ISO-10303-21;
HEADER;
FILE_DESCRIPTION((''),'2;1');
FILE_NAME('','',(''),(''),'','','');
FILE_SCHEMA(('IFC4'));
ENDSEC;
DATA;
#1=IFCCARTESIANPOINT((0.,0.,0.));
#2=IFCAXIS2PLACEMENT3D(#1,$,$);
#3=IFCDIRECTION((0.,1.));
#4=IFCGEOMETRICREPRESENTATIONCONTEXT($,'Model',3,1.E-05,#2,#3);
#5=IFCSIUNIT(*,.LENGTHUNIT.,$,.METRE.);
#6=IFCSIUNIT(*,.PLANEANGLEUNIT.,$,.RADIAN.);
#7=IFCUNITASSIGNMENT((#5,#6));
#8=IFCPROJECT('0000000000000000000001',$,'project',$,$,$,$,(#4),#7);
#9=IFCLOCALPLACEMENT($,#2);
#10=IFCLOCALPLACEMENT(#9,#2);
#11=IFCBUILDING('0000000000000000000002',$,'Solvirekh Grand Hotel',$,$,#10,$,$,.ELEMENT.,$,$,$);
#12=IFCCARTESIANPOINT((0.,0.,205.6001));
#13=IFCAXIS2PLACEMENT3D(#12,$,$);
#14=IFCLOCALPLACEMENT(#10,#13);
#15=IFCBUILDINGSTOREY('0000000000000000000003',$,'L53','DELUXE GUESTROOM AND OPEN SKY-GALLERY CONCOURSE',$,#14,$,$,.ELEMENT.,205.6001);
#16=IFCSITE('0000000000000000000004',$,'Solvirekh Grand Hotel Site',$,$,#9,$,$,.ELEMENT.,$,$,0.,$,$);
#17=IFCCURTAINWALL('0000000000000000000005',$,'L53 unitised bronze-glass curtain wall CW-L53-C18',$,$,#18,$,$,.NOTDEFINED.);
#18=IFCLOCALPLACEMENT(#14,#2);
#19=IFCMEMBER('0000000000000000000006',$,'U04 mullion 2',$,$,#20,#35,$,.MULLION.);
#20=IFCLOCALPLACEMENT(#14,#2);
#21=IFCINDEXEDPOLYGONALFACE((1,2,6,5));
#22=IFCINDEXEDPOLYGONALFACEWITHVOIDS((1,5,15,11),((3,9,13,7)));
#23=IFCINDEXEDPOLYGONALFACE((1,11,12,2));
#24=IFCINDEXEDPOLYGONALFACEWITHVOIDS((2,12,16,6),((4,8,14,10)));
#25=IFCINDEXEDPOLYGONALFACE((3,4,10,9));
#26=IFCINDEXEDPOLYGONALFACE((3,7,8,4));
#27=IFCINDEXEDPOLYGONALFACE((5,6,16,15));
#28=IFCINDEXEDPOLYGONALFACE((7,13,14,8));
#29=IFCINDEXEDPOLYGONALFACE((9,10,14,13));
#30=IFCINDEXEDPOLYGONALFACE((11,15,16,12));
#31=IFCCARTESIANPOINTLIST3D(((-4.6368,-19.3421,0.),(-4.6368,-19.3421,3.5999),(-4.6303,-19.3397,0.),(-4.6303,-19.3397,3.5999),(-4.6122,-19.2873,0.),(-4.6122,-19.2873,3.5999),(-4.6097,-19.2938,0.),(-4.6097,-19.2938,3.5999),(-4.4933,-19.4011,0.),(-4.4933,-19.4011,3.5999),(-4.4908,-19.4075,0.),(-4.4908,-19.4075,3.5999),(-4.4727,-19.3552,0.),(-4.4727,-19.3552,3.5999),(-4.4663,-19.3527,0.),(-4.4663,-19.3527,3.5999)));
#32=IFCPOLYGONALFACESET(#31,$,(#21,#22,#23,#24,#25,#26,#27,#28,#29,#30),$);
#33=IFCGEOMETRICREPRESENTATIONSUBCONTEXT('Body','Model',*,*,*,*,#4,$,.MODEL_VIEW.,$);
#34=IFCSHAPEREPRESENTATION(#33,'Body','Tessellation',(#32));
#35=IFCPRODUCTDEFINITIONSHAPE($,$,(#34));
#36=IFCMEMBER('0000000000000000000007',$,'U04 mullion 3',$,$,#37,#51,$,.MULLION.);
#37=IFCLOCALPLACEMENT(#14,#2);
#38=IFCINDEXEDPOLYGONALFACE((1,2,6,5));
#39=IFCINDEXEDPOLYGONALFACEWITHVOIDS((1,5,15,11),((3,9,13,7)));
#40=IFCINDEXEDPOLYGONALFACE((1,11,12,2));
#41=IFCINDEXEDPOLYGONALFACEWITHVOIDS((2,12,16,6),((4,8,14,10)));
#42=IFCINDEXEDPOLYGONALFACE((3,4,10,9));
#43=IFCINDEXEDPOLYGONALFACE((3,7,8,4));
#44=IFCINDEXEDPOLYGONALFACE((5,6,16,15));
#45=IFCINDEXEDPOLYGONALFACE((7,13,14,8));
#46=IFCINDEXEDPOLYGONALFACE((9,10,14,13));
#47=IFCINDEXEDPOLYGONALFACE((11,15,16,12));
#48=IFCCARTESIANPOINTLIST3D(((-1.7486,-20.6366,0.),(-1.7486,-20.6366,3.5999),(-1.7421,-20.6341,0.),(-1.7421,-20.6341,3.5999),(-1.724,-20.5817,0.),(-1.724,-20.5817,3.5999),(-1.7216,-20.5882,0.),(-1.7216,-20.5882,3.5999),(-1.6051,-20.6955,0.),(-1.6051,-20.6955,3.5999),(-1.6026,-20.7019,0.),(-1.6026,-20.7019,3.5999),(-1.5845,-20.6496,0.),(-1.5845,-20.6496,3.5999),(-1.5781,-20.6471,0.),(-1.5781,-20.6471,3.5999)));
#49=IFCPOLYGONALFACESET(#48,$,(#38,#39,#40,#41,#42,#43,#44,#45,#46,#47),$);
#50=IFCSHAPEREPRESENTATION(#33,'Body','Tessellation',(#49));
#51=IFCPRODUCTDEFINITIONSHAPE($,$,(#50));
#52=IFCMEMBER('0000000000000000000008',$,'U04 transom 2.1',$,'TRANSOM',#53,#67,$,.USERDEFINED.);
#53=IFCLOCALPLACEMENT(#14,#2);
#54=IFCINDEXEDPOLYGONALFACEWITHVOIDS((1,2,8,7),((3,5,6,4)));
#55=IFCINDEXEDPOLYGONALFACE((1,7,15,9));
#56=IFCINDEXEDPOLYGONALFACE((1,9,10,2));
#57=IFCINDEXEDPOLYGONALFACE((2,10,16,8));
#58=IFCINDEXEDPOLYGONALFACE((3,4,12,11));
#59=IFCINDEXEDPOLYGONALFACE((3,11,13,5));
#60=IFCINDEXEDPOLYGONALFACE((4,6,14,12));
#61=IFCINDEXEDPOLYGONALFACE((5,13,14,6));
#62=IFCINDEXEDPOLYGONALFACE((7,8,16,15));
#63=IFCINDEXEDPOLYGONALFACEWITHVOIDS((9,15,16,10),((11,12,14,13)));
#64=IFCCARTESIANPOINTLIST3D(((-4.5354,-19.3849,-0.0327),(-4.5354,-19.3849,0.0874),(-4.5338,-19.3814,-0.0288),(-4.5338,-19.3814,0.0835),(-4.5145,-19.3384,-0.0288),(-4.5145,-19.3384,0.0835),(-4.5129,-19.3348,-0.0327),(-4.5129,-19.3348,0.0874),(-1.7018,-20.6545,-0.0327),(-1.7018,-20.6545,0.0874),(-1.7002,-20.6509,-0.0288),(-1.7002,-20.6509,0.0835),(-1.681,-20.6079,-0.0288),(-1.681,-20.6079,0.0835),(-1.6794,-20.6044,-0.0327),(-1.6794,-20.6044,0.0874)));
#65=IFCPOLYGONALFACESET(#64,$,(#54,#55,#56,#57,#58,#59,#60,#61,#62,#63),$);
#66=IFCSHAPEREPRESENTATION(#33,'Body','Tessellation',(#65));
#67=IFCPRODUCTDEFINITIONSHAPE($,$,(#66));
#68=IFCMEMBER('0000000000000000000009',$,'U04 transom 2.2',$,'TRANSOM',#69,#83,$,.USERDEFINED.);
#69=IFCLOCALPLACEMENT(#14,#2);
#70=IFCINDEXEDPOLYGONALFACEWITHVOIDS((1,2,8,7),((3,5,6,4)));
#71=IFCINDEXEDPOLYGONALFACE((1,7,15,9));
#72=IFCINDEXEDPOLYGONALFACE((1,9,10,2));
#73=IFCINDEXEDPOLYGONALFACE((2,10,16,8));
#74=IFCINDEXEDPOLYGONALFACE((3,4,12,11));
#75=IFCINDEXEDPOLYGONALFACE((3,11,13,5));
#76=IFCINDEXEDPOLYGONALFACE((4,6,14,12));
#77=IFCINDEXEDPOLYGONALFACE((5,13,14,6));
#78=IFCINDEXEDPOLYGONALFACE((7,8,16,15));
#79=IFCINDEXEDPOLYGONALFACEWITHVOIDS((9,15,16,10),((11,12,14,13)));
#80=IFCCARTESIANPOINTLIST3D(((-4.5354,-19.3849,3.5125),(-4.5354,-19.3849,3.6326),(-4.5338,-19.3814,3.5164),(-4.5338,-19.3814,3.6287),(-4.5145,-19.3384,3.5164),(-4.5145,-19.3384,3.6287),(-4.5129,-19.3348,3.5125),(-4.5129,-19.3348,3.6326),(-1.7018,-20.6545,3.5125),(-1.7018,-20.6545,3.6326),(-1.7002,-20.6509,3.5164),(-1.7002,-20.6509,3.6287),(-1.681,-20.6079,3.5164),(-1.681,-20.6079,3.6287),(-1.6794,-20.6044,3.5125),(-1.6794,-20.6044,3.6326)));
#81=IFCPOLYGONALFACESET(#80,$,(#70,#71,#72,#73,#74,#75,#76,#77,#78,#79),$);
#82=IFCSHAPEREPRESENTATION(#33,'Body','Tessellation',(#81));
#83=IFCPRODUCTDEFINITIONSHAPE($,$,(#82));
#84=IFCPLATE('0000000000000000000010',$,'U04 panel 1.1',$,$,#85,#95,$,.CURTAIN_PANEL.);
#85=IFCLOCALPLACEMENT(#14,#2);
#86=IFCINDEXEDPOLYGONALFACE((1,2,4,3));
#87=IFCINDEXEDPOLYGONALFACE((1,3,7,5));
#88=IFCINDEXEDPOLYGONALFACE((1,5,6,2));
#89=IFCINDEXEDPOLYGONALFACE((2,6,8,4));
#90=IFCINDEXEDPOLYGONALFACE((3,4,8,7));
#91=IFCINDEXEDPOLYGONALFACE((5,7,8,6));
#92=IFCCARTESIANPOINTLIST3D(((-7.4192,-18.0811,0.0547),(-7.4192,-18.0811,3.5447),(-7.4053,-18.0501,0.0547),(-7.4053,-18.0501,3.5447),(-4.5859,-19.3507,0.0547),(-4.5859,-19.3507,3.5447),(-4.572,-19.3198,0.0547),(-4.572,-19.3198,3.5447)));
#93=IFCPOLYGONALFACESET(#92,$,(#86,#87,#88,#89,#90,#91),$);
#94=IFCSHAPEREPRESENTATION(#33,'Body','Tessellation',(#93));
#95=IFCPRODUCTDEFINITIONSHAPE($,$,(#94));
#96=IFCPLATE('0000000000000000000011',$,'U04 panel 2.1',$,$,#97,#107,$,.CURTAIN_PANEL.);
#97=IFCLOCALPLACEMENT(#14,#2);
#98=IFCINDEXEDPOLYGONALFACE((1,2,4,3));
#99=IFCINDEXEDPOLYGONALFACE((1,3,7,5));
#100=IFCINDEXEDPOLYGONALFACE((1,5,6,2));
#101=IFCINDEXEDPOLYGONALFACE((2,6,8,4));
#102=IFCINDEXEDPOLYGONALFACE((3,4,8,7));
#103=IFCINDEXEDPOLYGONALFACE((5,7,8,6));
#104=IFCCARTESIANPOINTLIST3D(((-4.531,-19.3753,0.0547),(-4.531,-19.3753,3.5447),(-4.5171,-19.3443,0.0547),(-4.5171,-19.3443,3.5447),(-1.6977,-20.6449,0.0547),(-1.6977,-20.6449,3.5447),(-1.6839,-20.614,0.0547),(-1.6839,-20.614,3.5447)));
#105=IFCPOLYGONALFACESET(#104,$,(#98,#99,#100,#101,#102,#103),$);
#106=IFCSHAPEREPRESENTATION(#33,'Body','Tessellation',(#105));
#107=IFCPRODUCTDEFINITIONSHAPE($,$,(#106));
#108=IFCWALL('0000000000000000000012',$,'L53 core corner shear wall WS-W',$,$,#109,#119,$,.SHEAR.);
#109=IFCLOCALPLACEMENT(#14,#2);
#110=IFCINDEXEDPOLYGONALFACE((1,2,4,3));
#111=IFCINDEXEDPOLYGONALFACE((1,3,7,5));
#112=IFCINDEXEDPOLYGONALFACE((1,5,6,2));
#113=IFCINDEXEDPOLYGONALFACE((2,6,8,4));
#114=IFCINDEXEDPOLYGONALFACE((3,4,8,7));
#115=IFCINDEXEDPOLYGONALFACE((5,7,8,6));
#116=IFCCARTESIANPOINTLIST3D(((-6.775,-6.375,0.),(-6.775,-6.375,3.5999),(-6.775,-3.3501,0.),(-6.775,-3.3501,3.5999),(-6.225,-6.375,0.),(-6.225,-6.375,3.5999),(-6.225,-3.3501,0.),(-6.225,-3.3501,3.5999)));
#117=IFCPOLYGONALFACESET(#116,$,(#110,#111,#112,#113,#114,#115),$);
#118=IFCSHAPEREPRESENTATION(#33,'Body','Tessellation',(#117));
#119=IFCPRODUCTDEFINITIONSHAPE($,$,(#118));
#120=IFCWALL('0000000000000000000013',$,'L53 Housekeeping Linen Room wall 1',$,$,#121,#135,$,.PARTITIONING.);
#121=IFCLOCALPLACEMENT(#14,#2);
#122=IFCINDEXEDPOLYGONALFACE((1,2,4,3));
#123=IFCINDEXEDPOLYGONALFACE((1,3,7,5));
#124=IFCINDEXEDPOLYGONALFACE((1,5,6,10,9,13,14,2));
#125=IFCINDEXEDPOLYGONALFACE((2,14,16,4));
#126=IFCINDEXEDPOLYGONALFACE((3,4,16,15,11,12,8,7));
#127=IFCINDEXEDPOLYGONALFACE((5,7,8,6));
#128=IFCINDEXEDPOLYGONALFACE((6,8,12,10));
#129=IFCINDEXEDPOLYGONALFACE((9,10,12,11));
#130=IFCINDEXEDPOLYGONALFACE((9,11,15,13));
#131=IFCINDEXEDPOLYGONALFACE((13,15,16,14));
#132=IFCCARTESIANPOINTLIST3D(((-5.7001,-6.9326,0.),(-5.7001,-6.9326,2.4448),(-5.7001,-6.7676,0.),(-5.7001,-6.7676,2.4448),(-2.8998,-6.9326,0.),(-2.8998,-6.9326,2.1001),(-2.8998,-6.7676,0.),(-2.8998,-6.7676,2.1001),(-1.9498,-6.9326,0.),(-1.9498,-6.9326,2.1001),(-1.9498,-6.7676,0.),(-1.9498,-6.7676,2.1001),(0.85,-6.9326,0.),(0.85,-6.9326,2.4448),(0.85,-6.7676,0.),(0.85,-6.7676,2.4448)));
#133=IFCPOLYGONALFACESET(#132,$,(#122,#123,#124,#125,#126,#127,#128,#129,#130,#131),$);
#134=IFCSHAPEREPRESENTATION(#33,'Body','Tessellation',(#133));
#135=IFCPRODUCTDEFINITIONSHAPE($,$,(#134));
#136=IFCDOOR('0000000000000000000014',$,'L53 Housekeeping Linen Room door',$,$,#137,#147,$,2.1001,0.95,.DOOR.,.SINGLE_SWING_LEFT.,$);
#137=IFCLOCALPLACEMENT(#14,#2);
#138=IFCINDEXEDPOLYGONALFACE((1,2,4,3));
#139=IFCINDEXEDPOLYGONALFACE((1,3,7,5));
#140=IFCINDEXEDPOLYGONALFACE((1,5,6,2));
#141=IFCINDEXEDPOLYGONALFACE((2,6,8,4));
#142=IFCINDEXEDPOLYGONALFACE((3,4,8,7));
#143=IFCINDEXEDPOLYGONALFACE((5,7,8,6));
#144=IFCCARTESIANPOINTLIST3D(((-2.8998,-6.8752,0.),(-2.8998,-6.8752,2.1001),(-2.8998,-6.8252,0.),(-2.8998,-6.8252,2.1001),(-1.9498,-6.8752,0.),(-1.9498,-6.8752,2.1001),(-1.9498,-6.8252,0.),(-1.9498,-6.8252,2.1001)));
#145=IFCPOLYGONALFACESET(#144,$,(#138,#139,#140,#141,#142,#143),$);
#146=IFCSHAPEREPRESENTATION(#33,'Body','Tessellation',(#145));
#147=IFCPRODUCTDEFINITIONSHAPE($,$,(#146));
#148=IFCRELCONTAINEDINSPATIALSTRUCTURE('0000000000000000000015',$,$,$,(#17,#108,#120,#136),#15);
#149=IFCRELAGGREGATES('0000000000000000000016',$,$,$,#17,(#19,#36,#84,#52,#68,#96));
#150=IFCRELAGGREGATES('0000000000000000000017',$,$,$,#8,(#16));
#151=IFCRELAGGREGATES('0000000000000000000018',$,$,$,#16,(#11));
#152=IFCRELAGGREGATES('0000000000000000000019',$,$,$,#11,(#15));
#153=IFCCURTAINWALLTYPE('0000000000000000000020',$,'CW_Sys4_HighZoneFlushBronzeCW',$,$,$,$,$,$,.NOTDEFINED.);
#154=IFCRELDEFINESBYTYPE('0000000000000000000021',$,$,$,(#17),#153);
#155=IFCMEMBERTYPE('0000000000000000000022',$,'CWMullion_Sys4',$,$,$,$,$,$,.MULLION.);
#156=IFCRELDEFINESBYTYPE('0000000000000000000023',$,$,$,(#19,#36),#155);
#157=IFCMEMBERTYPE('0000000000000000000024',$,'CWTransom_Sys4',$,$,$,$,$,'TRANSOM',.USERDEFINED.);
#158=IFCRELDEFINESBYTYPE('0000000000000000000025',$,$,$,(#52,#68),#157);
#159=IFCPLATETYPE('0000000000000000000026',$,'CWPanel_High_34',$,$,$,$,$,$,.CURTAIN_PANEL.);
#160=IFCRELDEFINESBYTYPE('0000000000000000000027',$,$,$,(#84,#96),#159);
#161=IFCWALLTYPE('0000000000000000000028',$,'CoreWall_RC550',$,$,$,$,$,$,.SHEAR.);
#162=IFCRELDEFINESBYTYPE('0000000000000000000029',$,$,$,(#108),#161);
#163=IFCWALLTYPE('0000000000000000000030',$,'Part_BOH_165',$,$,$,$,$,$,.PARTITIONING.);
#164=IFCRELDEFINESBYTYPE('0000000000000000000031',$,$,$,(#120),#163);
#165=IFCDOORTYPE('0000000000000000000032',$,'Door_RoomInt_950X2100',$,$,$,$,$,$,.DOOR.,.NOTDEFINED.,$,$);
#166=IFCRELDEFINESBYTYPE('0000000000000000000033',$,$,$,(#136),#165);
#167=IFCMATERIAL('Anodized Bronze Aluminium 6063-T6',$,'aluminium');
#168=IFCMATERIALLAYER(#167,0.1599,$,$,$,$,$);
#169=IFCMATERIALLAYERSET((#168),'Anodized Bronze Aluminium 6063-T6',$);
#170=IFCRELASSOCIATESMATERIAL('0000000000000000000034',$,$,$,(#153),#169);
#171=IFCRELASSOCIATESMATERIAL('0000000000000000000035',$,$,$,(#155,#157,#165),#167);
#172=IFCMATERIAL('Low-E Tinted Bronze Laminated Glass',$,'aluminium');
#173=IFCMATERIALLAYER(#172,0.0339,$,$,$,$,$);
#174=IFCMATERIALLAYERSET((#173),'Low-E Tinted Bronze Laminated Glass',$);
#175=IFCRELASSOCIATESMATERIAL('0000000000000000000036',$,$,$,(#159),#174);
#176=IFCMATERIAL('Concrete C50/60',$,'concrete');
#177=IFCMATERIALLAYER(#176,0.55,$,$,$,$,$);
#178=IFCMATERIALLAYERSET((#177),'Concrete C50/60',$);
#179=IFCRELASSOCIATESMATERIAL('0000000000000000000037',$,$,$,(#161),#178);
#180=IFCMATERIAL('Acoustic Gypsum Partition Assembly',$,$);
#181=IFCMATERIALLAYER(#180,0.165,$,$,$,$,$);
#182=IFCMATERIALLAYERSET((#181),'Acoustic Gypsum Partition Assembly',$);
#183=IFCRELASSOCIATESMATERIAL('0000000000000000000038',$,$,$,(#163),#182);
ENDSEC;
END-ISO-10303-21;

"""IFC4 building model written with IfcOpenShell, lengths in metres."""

from ifc_helpers import new_model, si_unit, direction, frame, frame_2d, origin, origin_2d, place, context, subcontext, project, spatial, rectangle, hollow_rectangle, extrude, source, transform, mapped, material, layer, layer_set, material_profile, profile_set, type_object, element, fill, aggregate, save


model = new_model("IFC4")

# Units and contexts
model_context = context("Model", 3, precision=1e-05, world=origin(), true_north=direction((0.0, 1.0)))
body_context = subcontext(model_context, "Body", "Model", "MODEL_VIEW")
ifc_project = project(units=[si_unit("LENGTHUNIT", "METRE"), si_unit("PLANEANGLEUNIT", "RADIAN")], contexts=[model_context])

# Site, building, storey
site_placement = place(None, origin())
site = spatial("IfcSite", under=ifc_project, at=site_placement, Name="Solvirekh Grand Hotel Site", CompositionType="ELEMENT", RefElevation=0.0)
building_placement = place(site_placement, origin())
building = spatial("IfcBuilding", under=site, at=building_placement, Name="Solvirekh Grand Hotel", CompositionType="ELEMENT")
storey_placement = place(building_placement, frame((0.0, 0.0, 205.6001)))
storey = spatial("IfcBuildingStorey", under=building, at=storey_placement, Name="L53", Description="DELUXE GUESTROOM AND OPEN SKY-GALLERY CONCOURSE", CompositionType="ELEMENT", Elevation=205.6001)

# Shared definitions
ifc_material_1 = material(Name="Concrete C50/60", Category="concrete")

# Curtain wall, members, plates
ifc_material_2 = material(Name="Anodized Bronze Aluminium 6063-T6", Category="aluminium")
ifc_layer_1 = layer(ifc_material_2, 0.1599)
ifc_layer_set_1 = layer_set([ifc_layer_1], Name="Anodized Bronze Aluminium 6063-T6")
curtain_wall_type = type_object("IfcCurtainWallType", Name="CW_Sys4_HighZoneFlushBronzeCW", PredefinedType="NOTDEFINED", material=ifc_layer_set_1)
curtain_wall_placement = place(storey_placement, origin())
curtain_wall = element("IfcCurtainWall", 1, at=curtain_wall_placement, inside=storey, type_object=curtain_wall_type, Name="L53 unitised bronze-glass curtain wall CW-L53-C18", PredefinedType="NOTDEFINED")
ifc_material_profile_1 = material_profile(ifc_material_2, hollow_rectangle(XDim=0.0601, YDim=0.1599, WallThickness=0.0049, at=origin_2d()), Name="ALU RHS 160X60X5")
ifc_profile_set_1 = profile_set([ifc_material_profile_1], Name="Anodized Bronze Aluminium 6063-T6")
member_type_1 = type_object("IfcMemberType", Name="CWMullion_Sys4", PredefinedType="MULLION", material=ifc_profile_set_1)
shared_shape_1 = source(origin(), body_context, "Body", "SweptSolid", [
    extrude(hollow_rectangle(XDim=0.0601, YDim=0.1599, WallThickness=0.0049, at=origin_2d()), origin(), (0.0, 0.0, 1.0), 3.5999),
])
member_1_placement = place(storey_placement, frame((-4.5515, -19.3474, 0.0), z_axis=(0.0, 0.0, 1.0), x_axis=(0.408939, 0.912562, 0.0)))
member_1 = element("IfcMember", 2, at=member_1_placement, type_object=member_type_1, Name="U04 mullion 2", PredefinedType="MULLION", context=body_context, shape_type="MappedRepresentation", body=[
    mapped(shared_shape_1, transform((0.0, 0.0, 0.0), x_axis=(1.0, 0.0, 0.0), y_axis=(0.0, 1.0, 0.0), z_axis=(0.0, 0.0, 1.0), scale=1.0)),
])
member_2_placement = place(storey_placement, frame((-1.6633, -20.6418, 0.0), z_axis=(0.0, 0.0, 1.0), x_axis=(0.408939, 0.912562, 0.0)))
member_2 = element("IfcMember", 3, at=member_2_placement, type_object=member_type_1, Name="U04 mullion 3", PredefinedType="MULLION", context=body_context, shape_type="MappedRepresentation", body=[
    mapped(shared_shape_1, transform((0.0, 0.0, 0.0), x_axis=(1.0, 0.0, 0.0), y_axis=(0.0, 1.0, 0.0), z_axis=(0.0, 0.0, 1.0), scale=1.0)),
])
ifc_material_profile_2 = material_profile(ifc_material_2, hollow_rectangle(XDim=0.0549, YDim=0.1201, WallThickness=0.0039, at=origin_2d()), Name="ALU RHS 120X55X4")
ifc_profile_set_2 = profile_set([ifc_material_profile_2], Name="Anodized Bronze Aluminium 6063-T6")
member_type_2 = type_object("IfcMemberType", Name="CWTransom_Sys4", ElementType="TRANSOM", PredefinedType="USERDEFINED", material=ifc_profile_set_2)
shared_shape_2 = source(origin(), body_context, "Body", "SweptSolid", [
    extrude(hollow_rectangle(XDim=0.0549, YDim=0.1201, WallThickness=0.0039, at=origin_2d()), origin(), (0.0, 0.0, 1.0), 3.105),
])
member_3_placement = place(storey_placement, frame((-4.5242, -19.3599, 0.0273), z_axis=(0.912588, -0.40888, 0.0), x_axis=(0.40888, 0.912588, 0.0)))
member_3 = element("IfcMember", 4, at=member_3_placement, type_object=member_type_2, Name="U04 transom 2.1", ObjectType="TRANSOM", PredefinedType="USERDEFINED", context=body_context, shape_type="MappedRepresentation", body=[
    mapped(shared_shape_2, transform((0.0, 0.0, 0.0), x_axis=(1.0, 0.0, 0.0), y_axis=(0.0, 1.0, 0.0), z_axis=(0.0, 0.0, 1.0), scale=1.0)),
])
member_4_placement = place(storey_placement, frame((-4.5242, -19.3599, 3.5725), z_axis=(0.912588, -0.40888, 0.0), x_axis=(0.40888, 0.912588, 0.0)))
member_4 = element("IfcMember", 5, at=member_4_placement, type_object=member_type_2, Name="U04 transom 2.2", ObjectType="TRANSOM", PredefinedType="USERDEFINED", context=body_context, shape_type="MappedRepresentation", body=[
    mapped(shared_shape_2, transform((0.0, 0.0, 0.0), x_axis=(1.0, 0.0, 0.0), y_axis=(0.0, 1.0, 0.0), z_axis=(0.0, 0.0, 1.0), scale=1.0)),
])
ifc_material_3 = material(Name="Low-E Tinted Bronze Laminated Glass", Category="aluminium")
ifc_layer_2 = layer(ifc_material_3, 0.0339)
ifc_layer_set_2 = layer_set([ifc_layer_2], Name="Low-E Tinted Bronze Laminated Glass")
plate_type = type_object("IfcPlateType", Name="CWPanel_High_34", PredefinedType="CURTAIN_PANEL", material=ifc_layer_set_2)
shared_shape_3 = source(origin(), body_context, "Body", "SweptSolid", [
    extrude(rectangle(XDim=3.1047, YDim=0.0339, at=origin_2d()), origin(), (0.0, 0.0, 1.0), 3.49),
])
plate_1_placement = place(storey_placement, frame((-5.9956, -18.7004, 0.0547), z_axis=(0.0, 0.0, 1.0), x_axis=(0.912562, -0.408939, 0.0)))
plate_1 = element("IfcPlate", 6, at=plate_1_placement, type_object=plate_type, Name="U04 panel 1.1", PredefinedType="CURTAIN_PANEL", context=body_context, shape_type="MappedRepresentation", body=[
    mapped(shared_shape_3, transform((0.0, 0.0, 0.0), x_axis=(1.0, 0.0, 0.0), y_axis=(0.0, 1.0, 0.0), z_axis=(0.0, 0.0, 1.0), scale=1.0)),
])
plate_2_placement = place(storey_placement, frame((-3.1074, -19.9946, 0.0547), z_axis=(0.0, 0.0, 1.0), x_axis=(0.912562, -0.408939, 0.0)))
plate_2 = element("IfcPlate", 7, at=plate_2_placement, type_object=plate_type, Name="U04 panel 2.1", PredefinedType="CURTAIN_PANEL", context=body_context, shape_type="MappedRepresentation", body=[
    mapped(shared_shape_3, transform((0.0, 0.0, 0.0), x_axis=(1.0, 0.0, 0.0), y_axis=(0.0, 1.0, 0.0), z_axis=(0.0, 0.0, 1.0), scale=1.0)),
])
aggregate(curtain_wall, [member_1, member_2, plate_1, member_3, member_4, plate_2])

# Wall
ifc_layer_3 = layer(ifc_material_1, 0.55)
ifc_layer_set_3 = layer_set([ifc_layer_3], Name="Concrete C50/60")
wall_type_1 = type_object("IfcWallType", Name="CoreWall_RC550", PredefinedType="SHEAR", material=ifc_layer_set_3)
wall_1_placement = place(storey_placement, frame((-6.5, -6.375, 0.0), z_axis=(0.0, 0.0, 1.0), x_axis=(0.0, 1.0, 0.0)))
element("IfcWall", 8, at=wall_1_placement, inside=storey, type_object=wall_type_1, Name="L53 core corner shear wall WS-W", PredefinedType="SHEAR", context=body_context, shape_type="SweptSolid", body=[
    extrude(rectangle(XDim=3.0249, YDim=0.55, at=frame_2d((1.5125, 0.0))), origin(), (0.0, 0.0, 1.0), 3.5999),
])

# Wall, opening, door
ifc_material_4 = material(Name="Acoustic Gypsum Partition Assembly")
ifc_layer_4 = layer(ifc_material_4, 0.165)
ifc_layer_set_4 = layer_set([ifc_layer_4], Name="Acoustic Gypsum Partition Assembly")
wall_type_2 = type_object("IfcWallType", Name="Part_BOH_165", PredefinedType="PARTITIONING", material=ifc_layer_set_4)
wall_2_placement = place(storey_placement, frame((-5.7, -6.8501, 0.0), z_axis=(0.0, 0.0, 1.0), x_axis=(1.0, 0.0, 0.0)))
wall_2 = element("IfcWall", 9, at=wall_2_placement, inside=storey, type_object=wall_type_2, Name="L53 Housekeeping Linen Room wall 1", PredefinedType="PARTITIONING", context=body_context, shape_type="SweptSolid", body=[
    extrude(rectangle(XDim=6.55, YDim=0.165, at=frame_2d((3.2749, 0.0))), origin(), (0.0, 0.0, 1.0), 2.4448),
])
opening_1_placement = place(wall_2_placement, frame((2.8, 0.0, 0.0)))
opening_1 = element("IfcOpeningElement", 10, at=opening_1_placement, cuts=wall_2, PredefinedType="OPENING", context=body_context, shape_type="SweptSolid", body=[
    extrude(rectangle(XDim=0.95, YDim=2.1001, at=frame_2d((0.4751, 1.05))), frame((0.0, 0.0925, 0.0), z_axis=(0.0, -1.0, 0.0), x_axis=(1.0, 0.0, 0.0)), (0.0, 0.0, 1.0), 0.1851),
])
door_type_1 = type_object("IfcDoorType", Name="Door_RoomInt_950X2100", OperationType="NOTDEFINED", PredefinedType="DOOR", material=ifc_material_2)
door_1_placement = place(opening_1_placement, origin())
door_1 = element("IfcDoor", 11, at=door_1_placement, inside=storey, type_object=door_type_1, Name="L53 Housekeeping Linen Room door", OperationType="SINGLE_SWING_LEFT", OverallHeight=2.1001, OverallWidth=0.95, PredefinedType="DOOR", context=body_context, shape_type="SweptSolid", body=[
    extrude(rectangle(XDim=0.95, YDim=2.1001, at=frame_2d((0.4751, 1.05))), frame((0.0, 0.0249, 0.0), z_axis=(0.0, -1.0, 0.0), x_axis=(1.0, 0.0, 0.0)), (0.0, 0.0, 1.0), 0.05),
])
fill(opening_1, door_1)

save(model, "model.ifc")
